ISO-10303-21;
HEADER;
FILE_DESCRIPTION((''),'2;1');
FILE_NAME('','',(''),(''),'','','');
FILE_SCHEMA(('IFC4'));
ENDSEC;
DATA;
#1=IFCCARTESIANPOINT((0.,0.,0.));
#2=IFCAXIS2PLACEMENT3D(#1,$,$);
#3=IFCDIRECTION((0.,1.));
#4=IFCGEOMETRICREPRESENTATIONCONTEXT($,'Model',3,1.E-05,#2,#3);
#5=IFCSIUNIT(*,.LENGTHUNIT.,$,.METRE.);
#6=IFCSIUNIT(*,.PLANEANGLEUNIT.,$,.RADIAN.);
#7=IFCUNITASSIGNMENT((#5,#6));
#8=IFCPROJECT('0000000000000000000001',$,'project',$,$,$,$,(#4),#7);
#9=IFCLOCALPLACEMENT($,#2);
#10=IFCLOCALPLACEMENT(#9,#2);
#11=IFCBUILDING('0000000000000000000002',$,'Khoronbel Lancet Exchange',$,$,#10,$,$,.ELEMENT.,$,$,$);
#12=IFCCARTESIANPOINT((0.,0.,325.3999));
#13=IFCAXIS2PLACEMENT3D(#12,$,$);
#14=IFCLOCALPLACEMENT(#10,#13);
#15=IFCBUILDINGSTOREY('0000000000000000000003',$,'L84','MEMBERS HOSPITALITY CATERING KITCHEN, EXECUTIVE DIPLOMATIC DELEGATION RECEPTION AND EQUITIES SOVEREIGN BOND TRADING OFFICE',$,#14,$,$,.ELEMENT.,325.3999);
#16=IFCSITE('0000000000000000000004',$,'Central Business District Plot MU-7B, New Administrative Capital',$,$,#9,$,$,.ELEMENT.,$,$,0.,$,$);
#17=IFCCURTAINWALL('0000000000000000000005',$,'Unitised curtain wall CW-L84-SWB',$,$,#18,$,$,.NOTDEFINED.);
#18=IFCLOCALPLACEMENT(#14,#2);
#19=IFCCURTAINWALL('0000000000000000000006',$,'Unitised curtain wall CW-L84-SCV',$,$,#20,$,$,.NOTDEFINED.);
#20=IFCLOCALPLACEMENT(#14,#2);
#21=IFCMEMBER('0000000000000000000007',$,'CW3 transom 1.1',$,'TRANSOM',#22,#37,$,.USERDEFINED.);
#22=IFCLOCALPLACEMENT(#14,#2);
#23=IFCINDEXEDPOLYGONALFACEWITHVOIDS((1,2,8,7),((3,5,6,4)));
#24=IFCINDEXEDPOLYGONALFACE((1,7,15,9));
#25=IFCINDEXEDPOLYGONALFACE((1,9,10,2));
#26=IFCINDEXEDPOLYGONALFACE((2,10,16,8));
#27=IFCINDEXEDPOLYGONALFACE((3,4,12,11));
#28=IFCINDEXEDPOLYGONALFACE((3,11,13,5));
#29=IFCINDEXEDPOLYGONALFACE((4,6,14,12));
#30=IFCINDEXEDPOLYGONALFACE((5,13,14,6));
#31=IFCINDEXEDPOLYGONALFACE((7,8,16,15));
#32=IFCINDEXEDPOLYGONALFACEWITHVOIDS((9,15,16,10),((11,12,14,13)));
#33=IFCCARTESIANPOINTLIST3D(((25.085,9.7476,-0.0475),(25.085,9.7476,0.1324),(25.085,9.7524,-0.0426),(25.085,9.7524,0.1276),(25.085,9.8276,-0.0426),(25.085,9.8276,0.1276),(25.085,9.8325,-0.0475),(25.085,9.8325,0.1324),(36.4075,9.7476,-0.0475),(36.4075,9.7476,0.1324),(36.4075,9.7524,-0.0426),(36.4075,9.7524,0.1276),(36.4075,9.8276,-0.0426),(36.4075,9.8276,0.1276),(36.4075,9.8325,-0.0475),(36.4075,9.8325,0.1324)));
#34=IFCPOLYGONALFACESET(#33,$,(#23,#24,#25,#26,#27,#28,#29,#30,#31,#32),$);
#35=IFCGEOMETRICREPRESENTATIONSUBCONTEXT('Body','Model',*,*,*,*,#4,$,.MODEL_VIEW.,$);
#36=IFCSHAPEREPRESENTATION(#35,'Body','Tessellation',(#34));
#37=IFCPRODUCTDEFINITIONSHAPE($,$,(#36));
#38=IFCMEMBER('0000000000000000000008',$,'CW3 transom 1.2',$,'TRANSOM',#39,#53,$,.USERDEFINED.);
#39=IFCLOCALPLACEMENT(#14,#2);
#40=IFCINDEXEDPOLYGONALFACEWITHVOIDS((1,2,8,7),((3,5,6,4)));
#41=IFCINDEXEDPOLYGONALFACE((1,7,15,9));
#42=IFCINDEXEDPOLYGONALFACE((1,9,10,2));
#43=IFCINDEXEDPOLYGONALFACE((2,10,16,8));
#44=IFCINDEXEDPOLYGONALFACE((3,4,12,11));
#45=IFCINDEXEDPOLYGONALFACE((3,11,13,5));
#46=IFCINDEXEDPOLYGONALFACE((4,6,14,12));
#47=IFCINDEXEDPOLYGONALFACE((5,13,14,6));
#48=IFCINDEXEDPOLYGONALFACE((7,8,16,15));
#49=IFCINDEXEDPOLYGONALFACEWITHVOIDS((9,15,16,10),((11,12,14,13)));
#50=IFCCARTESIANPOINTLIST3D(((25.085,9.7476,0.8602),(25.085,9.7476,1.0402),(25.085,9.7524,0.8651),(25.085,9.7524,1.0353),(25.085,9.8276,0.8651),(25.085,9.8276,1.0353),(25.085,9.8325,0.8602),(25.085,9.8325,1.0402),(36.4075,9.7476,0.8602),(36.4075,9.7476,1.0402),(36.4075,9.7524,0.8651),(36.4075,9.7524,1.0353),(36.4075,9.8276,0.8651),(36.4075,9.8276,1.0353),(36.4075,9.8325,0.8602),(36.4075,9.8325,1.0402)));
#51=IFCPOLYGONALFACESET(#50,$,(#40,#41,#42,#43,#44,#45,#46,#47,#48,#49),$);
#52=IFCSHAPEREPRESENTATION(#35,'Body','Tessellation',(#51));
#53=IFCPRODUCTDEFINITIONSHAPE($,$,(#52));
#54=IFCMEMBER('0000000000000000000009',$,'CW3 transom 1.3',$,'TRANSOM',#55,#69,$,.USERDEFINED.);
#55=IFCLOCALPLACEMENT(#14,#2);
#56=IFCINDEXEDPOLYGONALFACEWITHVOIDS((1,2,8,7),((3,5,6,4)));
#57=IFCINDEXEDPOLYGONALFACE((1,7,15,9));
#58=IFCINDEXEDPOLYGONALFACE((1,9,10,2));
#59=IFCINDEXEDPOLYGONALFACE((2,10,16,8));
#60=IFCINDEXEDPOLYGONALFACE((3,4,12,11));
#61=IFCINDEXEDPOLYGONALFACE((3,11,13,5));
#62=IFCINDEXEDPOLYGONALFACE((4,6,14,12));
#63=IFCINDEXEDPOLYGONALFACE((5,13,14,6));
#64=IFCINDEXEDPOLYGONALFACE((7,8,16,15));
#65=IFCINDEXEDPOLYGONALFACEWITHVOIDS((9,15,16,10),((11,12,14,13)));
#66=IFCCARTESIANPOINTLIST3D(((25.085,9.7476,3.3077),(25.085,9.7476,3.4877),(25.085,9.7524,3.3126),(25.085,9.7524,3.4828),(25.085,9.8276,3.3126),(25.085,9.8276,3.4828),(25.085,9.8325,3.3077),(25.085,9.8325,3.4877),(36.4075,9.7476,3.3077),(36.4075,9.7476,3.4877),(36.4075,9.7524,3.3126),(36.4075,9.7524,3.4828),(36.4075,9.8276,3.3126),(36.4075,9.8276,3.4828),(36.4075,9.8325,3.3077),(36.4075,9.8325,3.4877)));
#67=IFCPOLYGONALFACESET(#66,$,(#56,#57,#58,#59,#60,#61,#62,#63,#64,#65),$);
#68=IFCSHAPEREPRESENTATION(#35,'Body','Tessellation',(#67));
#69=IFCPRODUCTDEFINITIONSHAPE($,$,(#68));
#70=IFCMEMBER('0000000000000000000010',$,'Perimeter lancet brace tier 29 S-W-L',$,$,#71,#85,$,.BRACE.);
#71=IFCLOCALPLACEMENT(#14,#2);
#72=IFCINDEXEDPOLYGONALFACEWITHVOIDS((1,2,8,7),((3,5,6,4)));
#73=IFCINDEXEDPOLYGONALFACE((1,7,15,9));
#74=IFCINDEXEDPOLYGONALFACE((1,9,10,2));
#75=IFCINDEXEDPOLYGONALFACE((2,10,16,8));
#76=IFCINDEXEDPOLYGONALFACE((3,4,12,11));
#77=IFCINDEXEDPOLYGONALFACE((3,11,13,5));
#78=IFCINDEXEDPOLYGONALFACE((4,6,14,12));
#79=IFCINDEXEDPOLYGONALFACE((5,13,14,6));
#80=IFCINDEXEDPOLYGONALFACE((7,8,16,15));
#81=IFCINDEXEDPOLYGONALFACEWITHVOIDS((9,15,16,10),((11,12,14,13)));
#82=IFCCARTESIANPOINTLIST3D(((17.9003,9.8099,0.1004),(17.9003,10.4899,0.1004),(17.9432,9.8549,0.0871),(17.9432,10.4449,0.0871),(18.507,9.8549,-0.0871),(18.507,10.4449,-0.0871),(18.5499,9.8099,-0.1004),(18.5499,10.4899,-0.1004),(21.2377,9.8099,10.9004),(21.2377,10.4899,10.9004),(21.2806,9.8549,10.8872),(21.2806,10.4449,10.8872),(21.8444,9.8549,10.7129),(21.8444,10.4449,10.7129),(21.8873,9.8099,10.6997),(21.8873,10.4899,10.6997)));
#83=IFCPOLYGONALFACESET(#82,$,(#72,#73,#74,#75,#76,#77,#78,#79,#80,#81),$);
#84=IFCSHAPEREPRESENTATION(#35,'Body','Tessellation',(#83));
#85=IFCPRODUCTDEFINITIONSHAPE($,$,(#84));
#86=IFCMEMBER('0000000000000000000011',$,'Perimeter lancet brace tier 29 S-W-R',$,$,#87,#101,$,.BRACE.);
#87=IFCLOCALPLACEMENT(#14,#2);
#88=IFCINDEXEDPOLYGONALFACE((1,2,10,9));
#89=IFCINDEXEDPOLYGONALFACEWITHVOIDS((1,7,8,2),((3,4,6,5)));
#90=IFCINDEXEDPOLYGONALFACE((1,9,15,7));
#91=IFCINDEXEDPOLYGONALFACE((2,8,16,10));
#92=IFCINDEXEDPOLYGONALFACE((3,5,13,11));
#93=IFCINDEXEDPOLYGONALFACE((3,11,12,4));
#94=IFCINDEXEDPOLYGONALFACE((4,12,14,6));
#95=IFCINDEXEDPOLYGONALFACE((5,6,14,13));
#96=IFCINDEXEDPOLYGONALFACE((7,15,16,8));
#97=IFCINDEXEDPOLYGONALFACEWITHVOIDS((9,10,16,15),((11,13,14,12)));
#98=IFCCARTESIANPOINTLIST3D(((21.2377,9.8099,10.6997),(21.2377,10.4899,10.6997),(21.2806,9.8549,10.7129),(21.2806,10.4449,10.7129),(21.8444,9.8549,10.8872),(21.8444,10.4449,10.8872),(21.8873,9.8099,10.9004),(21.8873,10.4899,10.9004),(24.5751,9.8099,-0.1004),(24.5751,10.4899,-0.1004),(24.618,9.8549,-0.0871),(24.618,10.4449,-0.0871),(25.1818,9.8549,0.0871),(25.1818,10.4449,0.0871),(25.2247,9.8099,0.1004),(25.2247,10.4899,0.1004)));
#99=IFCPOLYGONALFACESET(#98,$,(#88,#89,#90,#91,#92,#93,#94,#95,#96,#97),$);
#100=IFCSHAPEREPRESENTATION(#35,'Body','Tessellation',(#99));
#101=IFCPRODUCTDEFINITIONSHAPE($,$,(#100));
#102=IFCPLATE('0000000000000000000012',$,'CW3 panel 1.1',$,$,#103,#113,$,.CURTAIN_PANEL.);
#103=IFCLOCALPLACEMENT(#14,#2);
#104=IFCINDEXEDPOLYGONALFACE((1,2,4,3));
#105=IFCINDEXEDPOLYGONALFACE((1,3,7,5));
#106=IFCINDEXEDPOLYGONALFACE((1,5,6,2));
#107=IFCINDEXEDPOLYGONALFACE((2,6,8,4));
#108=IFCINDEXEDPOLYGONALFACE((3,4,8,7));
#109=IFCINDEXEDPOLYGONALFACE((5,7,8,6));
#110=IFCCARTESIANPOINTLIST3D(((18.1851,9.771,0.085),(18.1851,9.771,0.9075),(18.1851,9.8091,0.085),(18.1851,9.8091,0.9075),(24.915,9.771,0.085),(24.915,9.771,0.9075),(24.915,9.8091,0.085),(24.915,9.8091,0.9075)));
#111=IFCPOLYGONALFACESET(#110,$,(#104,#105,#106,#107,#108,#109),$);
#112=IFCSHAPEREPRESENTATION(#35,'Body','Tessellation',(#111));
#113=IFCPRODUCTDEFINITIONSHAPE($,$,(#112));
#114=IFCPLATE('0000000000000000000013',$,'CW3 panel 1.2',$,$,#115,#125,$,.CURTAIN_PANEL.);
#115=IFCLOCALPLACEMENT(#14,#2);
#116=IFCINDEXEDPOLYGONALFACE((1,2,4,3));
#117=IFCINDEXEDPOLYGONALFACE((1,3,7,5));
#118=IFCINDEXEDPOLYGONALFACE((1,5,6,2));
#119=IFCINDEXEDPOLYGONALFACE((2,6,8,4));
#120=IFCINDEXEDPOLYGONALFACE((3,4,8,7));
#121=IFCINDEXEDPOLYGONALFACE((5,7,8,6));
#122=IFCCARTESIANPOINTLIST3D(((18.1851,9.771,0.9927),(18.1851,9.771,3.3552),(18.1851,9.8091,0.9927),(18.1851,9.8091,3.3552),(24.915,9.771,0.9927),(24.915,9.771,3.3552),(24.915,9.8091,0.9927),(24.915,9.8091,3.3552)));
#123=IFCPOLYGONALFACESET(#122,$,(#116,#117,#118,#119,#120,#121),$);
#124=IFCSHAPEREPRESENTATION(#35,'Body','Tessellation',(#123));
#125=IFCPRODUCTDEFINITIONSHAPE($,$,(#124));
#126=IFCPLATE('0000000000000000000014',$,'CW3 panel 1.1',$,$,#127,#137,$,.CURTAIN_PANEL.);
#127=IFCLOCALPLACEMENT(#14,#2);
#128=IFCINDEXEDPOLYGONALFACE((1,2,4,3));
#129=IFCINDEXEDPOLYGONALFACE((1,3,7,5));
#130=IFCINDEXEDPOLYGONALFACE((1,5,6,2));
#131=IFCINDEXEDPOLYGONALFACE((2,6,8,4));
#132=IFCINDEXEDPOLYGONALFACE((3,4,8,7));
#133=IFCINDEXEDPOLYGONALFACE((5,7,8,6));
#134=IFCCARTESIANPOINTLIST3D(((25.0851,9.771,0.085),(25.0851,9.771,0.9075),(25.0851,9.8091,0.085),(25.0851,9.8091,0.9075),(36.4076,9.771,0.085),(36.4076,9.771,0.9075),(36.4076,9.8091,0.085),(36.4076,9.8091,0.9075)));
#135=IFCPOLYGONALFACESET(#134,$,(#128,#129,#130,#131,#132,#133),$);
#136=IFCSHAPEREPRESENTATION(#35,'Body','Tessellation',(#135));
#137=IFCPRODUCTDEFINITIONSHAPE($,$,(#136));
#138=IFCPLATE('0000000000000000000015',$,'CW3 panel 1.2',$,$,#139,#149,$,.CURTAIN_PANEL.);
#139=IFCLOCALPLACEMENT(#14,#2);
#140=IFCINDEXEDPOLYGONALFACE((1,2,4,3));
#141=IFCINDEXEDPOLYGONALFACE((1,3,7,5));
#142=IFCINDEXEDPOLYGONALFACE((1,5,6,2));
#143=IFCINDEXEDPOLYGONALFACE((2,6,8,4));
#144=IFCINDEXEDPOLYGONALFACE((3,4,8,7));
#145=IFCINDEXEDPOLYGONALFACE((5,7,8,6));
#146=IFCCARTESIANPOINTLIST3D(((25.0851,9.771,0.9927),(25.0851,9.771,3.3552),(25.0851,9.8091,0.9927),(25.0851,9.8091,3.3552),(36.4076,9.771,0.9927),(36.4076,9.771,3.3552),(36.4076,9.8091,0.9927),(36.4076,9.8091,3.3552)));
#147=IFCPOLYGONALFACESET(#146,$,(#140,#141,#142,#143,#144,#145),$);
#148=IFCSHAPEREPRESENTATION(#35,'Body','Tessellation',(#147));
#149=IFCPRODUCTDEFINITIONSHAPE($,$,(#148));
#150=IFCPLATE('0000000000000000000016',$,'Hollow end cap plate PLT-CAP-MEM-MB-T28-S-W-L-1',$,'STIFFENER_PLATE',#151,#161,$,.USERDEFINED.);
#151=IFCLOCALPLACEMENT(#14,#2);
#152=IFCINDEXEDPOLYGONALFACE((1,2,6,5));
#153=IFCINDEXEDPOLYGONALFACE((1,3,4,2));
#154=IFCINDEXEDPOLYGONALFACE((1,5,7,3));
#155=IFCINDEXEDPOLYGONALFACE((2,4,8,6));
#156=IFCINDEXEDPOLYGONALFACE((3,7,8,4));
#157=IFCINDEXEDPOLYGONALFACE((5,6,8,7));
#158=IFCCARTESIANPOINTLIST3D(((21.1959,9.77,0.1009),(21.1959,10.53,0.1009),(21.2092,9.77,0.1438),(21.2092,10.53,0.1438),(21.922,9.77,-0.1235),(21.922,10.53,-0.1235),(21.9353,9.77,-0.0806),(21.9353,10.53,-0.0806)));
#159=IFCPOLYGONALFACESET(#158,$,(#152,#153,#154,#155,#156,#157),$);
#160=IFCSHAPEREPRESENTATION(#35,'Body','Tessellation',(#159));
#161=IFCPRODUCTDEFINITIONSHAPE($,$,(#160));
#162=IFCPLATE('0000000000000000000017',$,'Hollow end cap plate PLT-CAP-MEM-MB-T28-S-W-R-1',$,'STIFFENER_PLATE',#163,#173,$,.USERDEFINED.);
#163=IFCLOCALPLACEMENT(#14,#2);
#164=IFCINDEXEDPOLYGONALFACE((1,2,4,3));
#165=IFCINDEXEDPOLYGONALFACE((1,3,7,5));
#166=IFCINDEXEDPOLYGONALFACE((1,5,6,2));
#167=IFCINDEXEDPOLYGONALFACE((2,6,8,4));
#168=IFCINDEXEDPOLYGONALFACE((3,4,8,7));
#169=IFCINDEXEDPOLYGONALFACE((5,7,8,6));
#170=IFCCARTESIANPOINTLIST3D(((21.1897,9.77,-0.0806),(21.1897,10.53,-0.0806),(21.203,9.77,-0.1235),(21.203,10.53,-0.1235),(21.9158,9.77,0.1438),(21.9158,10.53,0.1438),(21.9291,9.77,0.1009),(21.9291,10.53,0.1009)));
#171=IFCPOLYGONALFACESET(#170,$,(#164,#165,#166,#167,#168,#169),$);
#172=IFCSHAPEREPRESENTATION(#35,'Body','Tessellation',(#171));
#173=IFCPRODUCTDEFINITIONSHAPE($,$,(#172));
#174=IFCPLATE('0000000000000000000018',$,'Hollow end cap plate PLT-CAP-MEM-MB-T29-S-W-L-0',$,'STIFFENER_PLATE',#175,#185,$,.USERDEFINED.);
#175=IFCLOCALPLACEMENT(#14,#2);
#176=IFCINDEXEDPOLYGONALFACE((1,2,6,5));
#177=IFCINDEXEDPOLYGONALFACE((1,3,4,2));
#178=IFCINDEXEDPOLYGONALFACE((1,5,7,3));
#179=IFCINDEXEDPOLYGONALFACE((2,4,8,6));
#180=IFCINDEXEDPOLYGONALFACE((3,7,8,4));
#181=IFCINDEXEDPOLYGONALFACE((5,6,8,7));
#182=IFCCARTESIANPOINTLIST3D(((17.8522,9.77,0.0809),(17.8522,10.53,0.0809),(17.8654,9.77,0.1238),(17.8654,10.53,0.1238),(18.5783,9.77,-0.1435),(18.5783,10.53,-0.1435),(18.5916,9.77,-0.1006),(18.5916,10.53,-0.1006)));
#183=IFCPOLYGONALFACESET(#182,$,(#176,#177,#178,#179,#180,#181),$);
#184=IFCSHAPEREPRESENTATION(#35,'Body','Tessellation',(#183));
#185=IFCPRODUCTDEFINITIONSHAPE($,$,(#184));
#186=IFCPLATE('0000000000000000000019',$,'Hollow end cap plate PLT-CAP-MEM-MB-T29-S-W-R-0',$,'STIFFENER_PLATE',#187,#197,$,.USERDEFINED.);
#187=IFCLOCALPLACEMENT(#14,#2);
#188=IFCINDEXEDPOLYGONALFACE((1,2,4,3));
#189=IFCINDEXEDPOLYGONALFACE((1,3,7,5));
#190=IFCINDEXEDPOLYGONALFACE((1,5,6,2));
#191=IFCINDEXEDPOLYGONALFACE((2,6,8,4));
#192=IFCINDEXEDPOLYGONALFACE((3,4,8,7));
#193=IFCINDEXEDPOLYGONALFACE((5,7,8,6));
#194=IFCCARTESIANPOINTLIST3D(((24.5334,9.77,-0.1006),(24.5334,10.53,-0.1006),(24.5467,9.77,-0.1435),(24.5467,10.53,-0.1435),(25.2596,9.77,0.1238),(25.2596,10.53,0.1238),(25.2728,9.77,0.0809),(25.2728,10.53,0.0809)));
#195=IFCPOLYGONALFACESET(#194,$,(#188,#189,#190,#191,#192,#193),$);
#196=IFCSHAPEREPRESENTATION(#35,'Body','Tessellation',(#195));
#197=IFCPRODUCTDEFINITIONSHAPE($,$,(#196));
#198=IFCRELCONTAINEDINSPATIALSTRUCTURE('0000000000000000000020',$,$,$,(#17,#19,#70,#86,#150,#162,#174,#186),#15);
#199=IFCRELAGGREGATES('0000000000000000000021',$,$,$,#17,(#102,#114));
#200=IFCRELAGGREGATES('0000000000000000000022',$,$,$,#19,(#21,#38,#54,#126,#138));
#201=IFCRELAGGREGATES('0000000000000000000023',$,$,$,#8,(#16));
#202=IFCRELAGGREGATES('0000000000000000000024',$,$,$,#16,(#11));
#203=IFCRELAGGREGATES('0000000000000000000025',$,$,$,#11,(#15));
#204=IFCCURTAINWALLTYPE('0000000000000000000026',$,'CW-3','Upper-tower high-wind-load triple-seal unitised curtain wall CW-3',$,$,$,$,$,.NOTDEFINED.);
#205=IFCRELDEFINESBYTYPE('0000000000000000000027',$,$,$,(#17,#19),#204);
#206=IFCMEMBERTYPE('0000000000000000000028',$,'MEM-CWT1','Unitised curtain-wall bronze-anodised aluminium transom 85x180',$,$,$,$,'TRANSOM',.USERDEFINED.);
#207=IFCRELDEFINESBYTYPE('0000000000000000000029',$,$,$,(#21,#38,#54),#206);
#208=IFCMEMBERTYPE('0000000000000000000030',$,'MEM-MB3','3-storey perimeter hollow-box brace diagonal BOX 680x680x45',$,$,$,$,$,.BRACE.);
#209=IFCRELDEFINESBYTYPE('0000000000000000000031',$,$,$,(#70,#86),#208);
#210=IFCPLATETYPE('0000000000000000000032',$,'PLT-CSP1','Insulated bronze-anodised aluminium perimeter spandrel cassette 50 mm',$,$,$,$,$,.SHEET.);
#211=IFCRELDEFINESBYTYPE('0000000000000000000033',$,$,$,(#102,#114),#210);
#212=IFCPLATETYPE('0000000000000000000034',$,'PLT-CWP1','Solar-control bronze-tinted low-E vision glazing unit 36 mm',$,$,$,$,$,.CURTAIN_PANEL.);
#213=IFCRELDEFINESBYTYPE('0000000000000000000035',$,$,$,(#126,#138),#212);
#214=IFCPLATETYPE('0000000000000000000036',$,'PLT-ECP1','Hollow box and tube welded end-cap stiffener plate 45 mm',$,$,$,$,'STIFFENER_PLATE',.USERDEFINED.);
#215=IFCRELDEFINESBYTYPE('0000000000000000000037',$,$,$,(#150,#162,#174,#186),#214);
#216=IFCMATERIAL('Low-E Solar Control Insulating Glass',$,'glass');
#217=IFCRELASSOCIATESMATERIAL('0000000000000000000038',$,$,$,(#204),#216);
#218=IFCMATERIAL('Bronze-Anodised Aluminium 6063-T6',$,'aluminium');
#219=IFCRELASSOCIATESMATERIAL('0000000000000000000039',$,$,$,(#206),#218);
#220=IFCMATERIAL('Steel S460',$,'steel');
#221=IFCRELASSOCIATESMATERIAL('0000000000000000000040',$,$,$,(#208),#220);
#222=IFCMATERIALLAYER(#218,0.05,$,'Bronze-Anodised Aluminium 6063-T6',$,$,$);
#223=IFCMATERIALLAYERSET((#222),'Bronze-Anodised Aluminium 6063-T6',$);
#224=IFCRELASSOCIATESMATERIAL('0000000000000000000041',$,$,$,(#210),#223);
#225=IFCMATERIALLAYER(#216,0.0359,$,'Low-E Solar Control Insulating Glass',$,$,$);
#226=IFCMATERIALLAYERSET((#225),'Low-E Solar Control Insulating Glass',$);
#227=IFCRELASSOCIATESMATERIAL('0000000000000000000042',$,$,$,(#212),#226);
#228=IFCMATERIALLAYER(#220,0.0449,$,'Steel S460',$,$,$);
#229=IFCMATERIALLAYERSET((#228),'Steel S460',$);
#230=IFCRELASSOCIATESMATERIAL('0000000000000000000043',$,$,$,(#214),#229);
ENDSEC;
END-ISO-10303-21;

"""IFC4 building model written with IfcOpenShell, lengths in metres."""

from ifc_helpers import new_model, si_unit, direction, frame, origin, origin_2d, place, context, subcontext, project, spatial, polyline, rectangle, hollow_rectangle, outline, extrude, material, layer, layer_set, material_profile, profile_set, type_object, element, aggregate, save


model = new_model("IFC4")

# Units and contexts
model_context = context("Model", 3, precision=1e-05, world=origin(), true_north=direction((0.0, 1.0)))
body_context = subcontext(model_context, "Body", "Model", "MODEL_VIEW")
ifc_project = project(units=[si_unit("LENGTHUNIT", "METRE"), si_unit("PLANEANGLEUNIT", "RADIAN")], contexts=[model_context])

# Site, building, storey
site_placement = place(None, origin())
site = spatial("IfcSite", under=ifc_project, at=site_placement, Name="Central Business District Plot MU-7B, New Administrative Capital", CompositionType="ELEMENT", RefElevation=0.0)
building_placement = place(site_placement, origin())
building = spatial("IfcBuilding", under=site, at=building_placement, Name="Khoronbel Lancet Exchange", CompositionType="ELEMENT")
storey_placement = place(building_placement, frame((0.0, 0.0, 325.3999)))
storey = spatial("IfcBuildingStorey", under=building, at=storey_placement, Name="L84", Description="MEMBERS HOSPITALITY CATERING KITCHEN, EXECUTIVE DIPLOMATIC DELEGATION RECEPTION AND EQUITIES SOVEREIGN BOND TRADING OFFICE", CompositionType="ELEMENT", Elevation=325.3999)

# Shared definitions
ifc_material_1 = material(Name="Steel S460", Category="steel")

# Curtain wall
ifc_material_2 = material(Name="Low-E Solar Control Insulating Glass", Category="glass")
curtain_wall_type = type_object("IfcCurtainWallType", Name="CW-3", Description="Upper-tower high-wind-load triple-seal unitised curtain wall CW-3", PredefinedType="NOTDEFINED", material=ifc_material_2)
curtain_wall_1_placement = place(storey_placement, origin())
curtain_wall_1 = element("IfcCurtainWall", 1, at=curtain_wall_1_placement, inside=storey, type_object=curtain_wall_type, Name="Unitised curtain wall CW-L84-SWB", PredefinedType="NOTDEFINED")
ifc_material_3 = material(Name="Bronze-Anodised Aluminium 6063-T6", Category="aluminium")

# Curtain wall, members
curtain_wall_2_placement = place(storey_placement, origin())
curtain_wall_2 = element("IfcCurtainWall", 2, at=curtain_wall_2_placement, inside=storey, type_object=curtain_wall_type, Name="Unitised curtain wall CW-L84-SCV", PredefinedType="NOTDEFINED")
ifc_material_profile_1 = material_profile(ifc_material_3, hollow_rectangle(XDim=0.085, YDim=0.1799, WallThickness=0.0049, at=origin_2d()), Name="ALU TRANSOM 85x180")
ifc_profile_set_1 = profile_set([ifc_material_profile_1], Name="Bronze-Anodised Aluminium 6063-T6")
member_type_1 = type_object("IfcMemberType", Name="MEM-CWT1", Description="Unitised curtain-wall bronze-anodised aluminium transom 85x180", ElementType="TRANSOM", PredefinedType="USERDEFINED", material=ifc_profile_set_1)
member_1_placement = place(storey_placement, frame((25.085, 9.79, 0.0425), z_axis=(1.0, 0.0, 0.0), x_axis=(0.0, 1.0, 0.0)))
member_1 = element("IfcMember", 3, at=member_1_placement, type_object=member_type_1, Name="CW3 transom 1.1", ObjectType="TRANSOM", PredefinedType="USERDEFINED", context=body_context, shape_type="SweptSolid", body=[
    extrude(hollow_rectangle(XDim=0.085, YDim=0.1799, WallThickness=0.0049, at=origin_2d()), origin(), (0.0, 0.0, 1.0), 11.3225),
])
member_2_placement = place(storey_placement, frame((25.085, 9.79, 0.9502), z_axis=(1.0, 0.0, 0.0), x_axis=(0.0, 1.0, 0.0)))
member_2 = element("IfcMember", 4, at=member_2_placement, type_object=member_type_1, Name="CW3 transom 1.2", ObjectType="TRANSOM", PredefinedType="USERDEFINED", context=body_context, shape_type="SweptSolid", body=[
    extrude(hollow_rectangle(XDim=0.085, YDim=0.1799, WallThickness=0.0049, at=origin_2d()), origin(), (0.0, 0.0, 1.0), 11.3225),
])
member_3_placement = place(storey_placement, frame((25.085, 9.79, 3.3977), z_axis=(1.0, 0.0, 0.0), x_axis=(0.0, 1.0, 0.0)))
member_3 = element("IfcMember", 5, at=member_3_placement, type_object=member_type_1, Name="CW3 transom 1.3", ObjectType="TRANSOM", PredefinedType="USERDEFINED", context=body_context, shape_type="SweptSolid", body=[
    extrude(hollow_rectangle(XDim=0.085, YDim=0.1799, WallThickness=0.0049, at=origin_2d()), origin(), (0.0, 0.0, 1.0), 11.3225),
])

# Members
ifc_material_profile_2 = material_profile(ifc_material_1, hollow_rectangle(XDim=0.6799, YDim=0.6799, WallThickness=0.0449, at=origin_2d()), Name="BOX 680x680x45")
ifc_profile_set_2 = profile_set([ifc_material_profile_2], Name="Steel S460")
member_type_2 = type_object("IfcMemberType", Name="MEM-MB3", Description="3-storey perimeter hollow-box brace diagonal BOX 680x680x45", PredefinedType="BRACE", material=ifc_profile_set_2)
for number, where, z_axis, x_axis, name in (
    (6, (18.2251, 10.1499, 0.0), (0.295242, 0.0, 0.955422), (0.0, 1.0, 0.0), "Perimeter lancet brace tier 29 S-W-L"),
    (7, (24.8999, 10.1499, 0.0), (-0.295242, 0.0, 0.955422), (0.0, -1.0, 0.0), "Perimeter lancet brace tier 29 S-W-R"),
):
    element("IfcMember", number, at=place(storey_placement, frame(where, z_axis=z_axis, x_axis=x_axis)), inside=storey, type_object=member_type_2, Name=name, PredefinedType="BRACE", context=body_context, shape_type="SweptSolid", body=[
        extrude(hollow_rectangle(XDim=0.6799, YDim=0.6799, WallThickness=0.0449, at=origin_2d()), origin(), (0.0, 0.0, 1.0), 11.304),
    ])

# Plates
ifc_layer_1 = layer(ifc_material_3, 0.05, Name="Bronze-Anodised Aluminium 6063-T6")
ifc_layer_set_1 = layer_set([ifc_layer_1], Name="Bronze-Anodised Aluminium 6063-T6")
plate_type_1 = type_object("IfcPlateType", Name="PLT-CSP1", Description="Insulated bronze-anodised aluminium perimeter spandrel cassette 50 mm", PredefinedType="SHEET", material=ifc_layer_set_1)
plate_1_placement = place(storey_placement, frame((21.55, 9.79, 0.085), z_axis=(0.0, 0.0, 1.0), x_axis=(1.0, 0.0, 0.0)))
plate_1 = element("IfcPlate", 8, at=plate_1_placement, type_object=plate_type_1, Name="CW3 panel 1.1", PredefinedType="CURTAIN_PANEL", context=body_context, shape_type="SweptSolid", body=[
    extrude(rectangle(XDim=6.73, YDim=0.0381, at=origin_2d()), origin(), (0.0, 0.0, 1.0), 0.8225),
])
plate_2_placement = place(storey_placement, frame((21.55, 9.79, 0.9927), z_axis=(0.0, 0.0, 1.0), x_axis=(1.0, 0.0, 0.0)))
plate_2 = element("IfcPlate", 9, at=plate_2_placement, type_object=plate_type_1, Name="CW3 panel 1.2", PredefinedType="CURTAIN_PANEL", context=body_context, shape_type="SweptSolid", body=[
    extrude(rectangle(XDim=6.73, YDim=0.0381, at=origin_2d()), origin(), (0.0, 0.0, 1.0), 2.3625),
])
aggregate(curtain_wall_1, [plate_1, plate_2])
ifc_layer_2 = layer(ifc_material_2, 0.0359, Name="Low-E Solar Control Insulating Glass")
ifc_layer_set_2 = layer_set([ifc_layer_2], Name="Low-E Solar Control Insulating Glass")
plate_type_2 = type_object("IfcPlateType", Name="PLT-CWP1", Description="Solar-control bronze-tinted low-E vision glazing unit 36 mm", PredefinedType="CURTAIN_PANEL", material=ifc_layer_set_2)
plate_3_placement = place(storey_placement, frame((30.7463, 9.79, 0.085), z_axis=(0.0, 0.0, 1.0), x_axis=(1.0, 0.0, 0.0)))
plate_3 = element("IfcPlate", 10, at=plate_3_placement, type_object=plate_type_2, Name="CW3 panel 1.1", PredefinedType="CURTAIN_PANEL", context=body_context, shape_type="SweptSolid", body=[
    extrude(rectangle(XDim=11.3225, YDim=0.0381, at=origin_2d()), origin(), (0.0, 0.0, 1.0), 0.8225),
])
plate_4_placement = place(storey_placement, frame((30.7463, 9.79, 0.9927), z_axis=(0.0, 0.0, 1.0), x_axis=(1.0, 0.0, 0.0)))
plate_4 = element("IfcPlate", 11, at=plate_4_placement, type_object=plate_type_2, Name="CW3 panel 1.2", PredefinedType="CURTAIN_PANEL", context=body_context, shape_type="SweptSolid", body=[
    extrude(rectangle(XDim=11.3225, YDim=0.0381, at=origin_2d()), origin(), (0.0, 0.0, 1.0), 2.3625),
])
aggregate(curtain_wall_2, [member_1, member_2, member_3, plate_3, plate_4])

# Plates
ifc_layer_3 = layer(ifc_material_1, 0.0449, Name="Steel S460")
ifc_layer_set_3 = layer_set([ifc_layer_3], Name="Steel S460")
plate_type_3 = type_object("IfcPlateType", Name="PLT-ECP1", Description="Hollow box and tube welded end-cap stiffener plate 45 mm", ElementType="STIFFENER_PLATE", PredefinedType="USERDEFINED", material=ifc_layer_set_3)
for number, where, z_axis, x_axis, name in (
    (12, (21.9353, 9.77, -0.0806), (0.295237, 0.0, 0.955424), (0.0, 1.0, 0.0), "Hollow end cap plate PLT-CAP-MEM-MB-T28-S-W-L-1"),
    (13, (21.1897, 10.53, -0.0806), (-0.295237, 0.0, 0.955424), (0.0, -1.0, 0.0), "Hollow end cap plate PLT-CAP-MEM-MB-T28-S-W-R-1"),
    (14, (18.5916, 9.77, -0.1006), (0.295237, 0.0, 0.955424), (0.0, 1.0, 0.0), "Hollow end cap plate PLT-CAP-MEM-MB-T29-S-W-L-0"),
    (15, (24.5334, 10.53, -0.1006), (-0.295237, 0.0, 0.955424), (0.0, -1.0, 0.0), "Hollow end cap plate PLT-CAP-MEM-MB-T29-S-W-R-0"),
):
    element("IfcPlate", number, at=place(storey_placement, frame(where, z_axis=z_axis, x_axis=x_axis)), inside=storey, type_object=plate_type_3, Name=name, ObjectType="STIFFENER_PLATE", PredefinedType="USERDEFINED", context=body_context, shape_type="SweptSolid", body=[
        extrude(outline(polyline([(0.0, 0.0), (0.76, 0.0), (0.76, 0.76), (0.0, 0.76), (0.0, 0.0)])), origin(), (0.0, 0.0, -1.0), 0.0449),
    ])

save(model, "model.ifc")
